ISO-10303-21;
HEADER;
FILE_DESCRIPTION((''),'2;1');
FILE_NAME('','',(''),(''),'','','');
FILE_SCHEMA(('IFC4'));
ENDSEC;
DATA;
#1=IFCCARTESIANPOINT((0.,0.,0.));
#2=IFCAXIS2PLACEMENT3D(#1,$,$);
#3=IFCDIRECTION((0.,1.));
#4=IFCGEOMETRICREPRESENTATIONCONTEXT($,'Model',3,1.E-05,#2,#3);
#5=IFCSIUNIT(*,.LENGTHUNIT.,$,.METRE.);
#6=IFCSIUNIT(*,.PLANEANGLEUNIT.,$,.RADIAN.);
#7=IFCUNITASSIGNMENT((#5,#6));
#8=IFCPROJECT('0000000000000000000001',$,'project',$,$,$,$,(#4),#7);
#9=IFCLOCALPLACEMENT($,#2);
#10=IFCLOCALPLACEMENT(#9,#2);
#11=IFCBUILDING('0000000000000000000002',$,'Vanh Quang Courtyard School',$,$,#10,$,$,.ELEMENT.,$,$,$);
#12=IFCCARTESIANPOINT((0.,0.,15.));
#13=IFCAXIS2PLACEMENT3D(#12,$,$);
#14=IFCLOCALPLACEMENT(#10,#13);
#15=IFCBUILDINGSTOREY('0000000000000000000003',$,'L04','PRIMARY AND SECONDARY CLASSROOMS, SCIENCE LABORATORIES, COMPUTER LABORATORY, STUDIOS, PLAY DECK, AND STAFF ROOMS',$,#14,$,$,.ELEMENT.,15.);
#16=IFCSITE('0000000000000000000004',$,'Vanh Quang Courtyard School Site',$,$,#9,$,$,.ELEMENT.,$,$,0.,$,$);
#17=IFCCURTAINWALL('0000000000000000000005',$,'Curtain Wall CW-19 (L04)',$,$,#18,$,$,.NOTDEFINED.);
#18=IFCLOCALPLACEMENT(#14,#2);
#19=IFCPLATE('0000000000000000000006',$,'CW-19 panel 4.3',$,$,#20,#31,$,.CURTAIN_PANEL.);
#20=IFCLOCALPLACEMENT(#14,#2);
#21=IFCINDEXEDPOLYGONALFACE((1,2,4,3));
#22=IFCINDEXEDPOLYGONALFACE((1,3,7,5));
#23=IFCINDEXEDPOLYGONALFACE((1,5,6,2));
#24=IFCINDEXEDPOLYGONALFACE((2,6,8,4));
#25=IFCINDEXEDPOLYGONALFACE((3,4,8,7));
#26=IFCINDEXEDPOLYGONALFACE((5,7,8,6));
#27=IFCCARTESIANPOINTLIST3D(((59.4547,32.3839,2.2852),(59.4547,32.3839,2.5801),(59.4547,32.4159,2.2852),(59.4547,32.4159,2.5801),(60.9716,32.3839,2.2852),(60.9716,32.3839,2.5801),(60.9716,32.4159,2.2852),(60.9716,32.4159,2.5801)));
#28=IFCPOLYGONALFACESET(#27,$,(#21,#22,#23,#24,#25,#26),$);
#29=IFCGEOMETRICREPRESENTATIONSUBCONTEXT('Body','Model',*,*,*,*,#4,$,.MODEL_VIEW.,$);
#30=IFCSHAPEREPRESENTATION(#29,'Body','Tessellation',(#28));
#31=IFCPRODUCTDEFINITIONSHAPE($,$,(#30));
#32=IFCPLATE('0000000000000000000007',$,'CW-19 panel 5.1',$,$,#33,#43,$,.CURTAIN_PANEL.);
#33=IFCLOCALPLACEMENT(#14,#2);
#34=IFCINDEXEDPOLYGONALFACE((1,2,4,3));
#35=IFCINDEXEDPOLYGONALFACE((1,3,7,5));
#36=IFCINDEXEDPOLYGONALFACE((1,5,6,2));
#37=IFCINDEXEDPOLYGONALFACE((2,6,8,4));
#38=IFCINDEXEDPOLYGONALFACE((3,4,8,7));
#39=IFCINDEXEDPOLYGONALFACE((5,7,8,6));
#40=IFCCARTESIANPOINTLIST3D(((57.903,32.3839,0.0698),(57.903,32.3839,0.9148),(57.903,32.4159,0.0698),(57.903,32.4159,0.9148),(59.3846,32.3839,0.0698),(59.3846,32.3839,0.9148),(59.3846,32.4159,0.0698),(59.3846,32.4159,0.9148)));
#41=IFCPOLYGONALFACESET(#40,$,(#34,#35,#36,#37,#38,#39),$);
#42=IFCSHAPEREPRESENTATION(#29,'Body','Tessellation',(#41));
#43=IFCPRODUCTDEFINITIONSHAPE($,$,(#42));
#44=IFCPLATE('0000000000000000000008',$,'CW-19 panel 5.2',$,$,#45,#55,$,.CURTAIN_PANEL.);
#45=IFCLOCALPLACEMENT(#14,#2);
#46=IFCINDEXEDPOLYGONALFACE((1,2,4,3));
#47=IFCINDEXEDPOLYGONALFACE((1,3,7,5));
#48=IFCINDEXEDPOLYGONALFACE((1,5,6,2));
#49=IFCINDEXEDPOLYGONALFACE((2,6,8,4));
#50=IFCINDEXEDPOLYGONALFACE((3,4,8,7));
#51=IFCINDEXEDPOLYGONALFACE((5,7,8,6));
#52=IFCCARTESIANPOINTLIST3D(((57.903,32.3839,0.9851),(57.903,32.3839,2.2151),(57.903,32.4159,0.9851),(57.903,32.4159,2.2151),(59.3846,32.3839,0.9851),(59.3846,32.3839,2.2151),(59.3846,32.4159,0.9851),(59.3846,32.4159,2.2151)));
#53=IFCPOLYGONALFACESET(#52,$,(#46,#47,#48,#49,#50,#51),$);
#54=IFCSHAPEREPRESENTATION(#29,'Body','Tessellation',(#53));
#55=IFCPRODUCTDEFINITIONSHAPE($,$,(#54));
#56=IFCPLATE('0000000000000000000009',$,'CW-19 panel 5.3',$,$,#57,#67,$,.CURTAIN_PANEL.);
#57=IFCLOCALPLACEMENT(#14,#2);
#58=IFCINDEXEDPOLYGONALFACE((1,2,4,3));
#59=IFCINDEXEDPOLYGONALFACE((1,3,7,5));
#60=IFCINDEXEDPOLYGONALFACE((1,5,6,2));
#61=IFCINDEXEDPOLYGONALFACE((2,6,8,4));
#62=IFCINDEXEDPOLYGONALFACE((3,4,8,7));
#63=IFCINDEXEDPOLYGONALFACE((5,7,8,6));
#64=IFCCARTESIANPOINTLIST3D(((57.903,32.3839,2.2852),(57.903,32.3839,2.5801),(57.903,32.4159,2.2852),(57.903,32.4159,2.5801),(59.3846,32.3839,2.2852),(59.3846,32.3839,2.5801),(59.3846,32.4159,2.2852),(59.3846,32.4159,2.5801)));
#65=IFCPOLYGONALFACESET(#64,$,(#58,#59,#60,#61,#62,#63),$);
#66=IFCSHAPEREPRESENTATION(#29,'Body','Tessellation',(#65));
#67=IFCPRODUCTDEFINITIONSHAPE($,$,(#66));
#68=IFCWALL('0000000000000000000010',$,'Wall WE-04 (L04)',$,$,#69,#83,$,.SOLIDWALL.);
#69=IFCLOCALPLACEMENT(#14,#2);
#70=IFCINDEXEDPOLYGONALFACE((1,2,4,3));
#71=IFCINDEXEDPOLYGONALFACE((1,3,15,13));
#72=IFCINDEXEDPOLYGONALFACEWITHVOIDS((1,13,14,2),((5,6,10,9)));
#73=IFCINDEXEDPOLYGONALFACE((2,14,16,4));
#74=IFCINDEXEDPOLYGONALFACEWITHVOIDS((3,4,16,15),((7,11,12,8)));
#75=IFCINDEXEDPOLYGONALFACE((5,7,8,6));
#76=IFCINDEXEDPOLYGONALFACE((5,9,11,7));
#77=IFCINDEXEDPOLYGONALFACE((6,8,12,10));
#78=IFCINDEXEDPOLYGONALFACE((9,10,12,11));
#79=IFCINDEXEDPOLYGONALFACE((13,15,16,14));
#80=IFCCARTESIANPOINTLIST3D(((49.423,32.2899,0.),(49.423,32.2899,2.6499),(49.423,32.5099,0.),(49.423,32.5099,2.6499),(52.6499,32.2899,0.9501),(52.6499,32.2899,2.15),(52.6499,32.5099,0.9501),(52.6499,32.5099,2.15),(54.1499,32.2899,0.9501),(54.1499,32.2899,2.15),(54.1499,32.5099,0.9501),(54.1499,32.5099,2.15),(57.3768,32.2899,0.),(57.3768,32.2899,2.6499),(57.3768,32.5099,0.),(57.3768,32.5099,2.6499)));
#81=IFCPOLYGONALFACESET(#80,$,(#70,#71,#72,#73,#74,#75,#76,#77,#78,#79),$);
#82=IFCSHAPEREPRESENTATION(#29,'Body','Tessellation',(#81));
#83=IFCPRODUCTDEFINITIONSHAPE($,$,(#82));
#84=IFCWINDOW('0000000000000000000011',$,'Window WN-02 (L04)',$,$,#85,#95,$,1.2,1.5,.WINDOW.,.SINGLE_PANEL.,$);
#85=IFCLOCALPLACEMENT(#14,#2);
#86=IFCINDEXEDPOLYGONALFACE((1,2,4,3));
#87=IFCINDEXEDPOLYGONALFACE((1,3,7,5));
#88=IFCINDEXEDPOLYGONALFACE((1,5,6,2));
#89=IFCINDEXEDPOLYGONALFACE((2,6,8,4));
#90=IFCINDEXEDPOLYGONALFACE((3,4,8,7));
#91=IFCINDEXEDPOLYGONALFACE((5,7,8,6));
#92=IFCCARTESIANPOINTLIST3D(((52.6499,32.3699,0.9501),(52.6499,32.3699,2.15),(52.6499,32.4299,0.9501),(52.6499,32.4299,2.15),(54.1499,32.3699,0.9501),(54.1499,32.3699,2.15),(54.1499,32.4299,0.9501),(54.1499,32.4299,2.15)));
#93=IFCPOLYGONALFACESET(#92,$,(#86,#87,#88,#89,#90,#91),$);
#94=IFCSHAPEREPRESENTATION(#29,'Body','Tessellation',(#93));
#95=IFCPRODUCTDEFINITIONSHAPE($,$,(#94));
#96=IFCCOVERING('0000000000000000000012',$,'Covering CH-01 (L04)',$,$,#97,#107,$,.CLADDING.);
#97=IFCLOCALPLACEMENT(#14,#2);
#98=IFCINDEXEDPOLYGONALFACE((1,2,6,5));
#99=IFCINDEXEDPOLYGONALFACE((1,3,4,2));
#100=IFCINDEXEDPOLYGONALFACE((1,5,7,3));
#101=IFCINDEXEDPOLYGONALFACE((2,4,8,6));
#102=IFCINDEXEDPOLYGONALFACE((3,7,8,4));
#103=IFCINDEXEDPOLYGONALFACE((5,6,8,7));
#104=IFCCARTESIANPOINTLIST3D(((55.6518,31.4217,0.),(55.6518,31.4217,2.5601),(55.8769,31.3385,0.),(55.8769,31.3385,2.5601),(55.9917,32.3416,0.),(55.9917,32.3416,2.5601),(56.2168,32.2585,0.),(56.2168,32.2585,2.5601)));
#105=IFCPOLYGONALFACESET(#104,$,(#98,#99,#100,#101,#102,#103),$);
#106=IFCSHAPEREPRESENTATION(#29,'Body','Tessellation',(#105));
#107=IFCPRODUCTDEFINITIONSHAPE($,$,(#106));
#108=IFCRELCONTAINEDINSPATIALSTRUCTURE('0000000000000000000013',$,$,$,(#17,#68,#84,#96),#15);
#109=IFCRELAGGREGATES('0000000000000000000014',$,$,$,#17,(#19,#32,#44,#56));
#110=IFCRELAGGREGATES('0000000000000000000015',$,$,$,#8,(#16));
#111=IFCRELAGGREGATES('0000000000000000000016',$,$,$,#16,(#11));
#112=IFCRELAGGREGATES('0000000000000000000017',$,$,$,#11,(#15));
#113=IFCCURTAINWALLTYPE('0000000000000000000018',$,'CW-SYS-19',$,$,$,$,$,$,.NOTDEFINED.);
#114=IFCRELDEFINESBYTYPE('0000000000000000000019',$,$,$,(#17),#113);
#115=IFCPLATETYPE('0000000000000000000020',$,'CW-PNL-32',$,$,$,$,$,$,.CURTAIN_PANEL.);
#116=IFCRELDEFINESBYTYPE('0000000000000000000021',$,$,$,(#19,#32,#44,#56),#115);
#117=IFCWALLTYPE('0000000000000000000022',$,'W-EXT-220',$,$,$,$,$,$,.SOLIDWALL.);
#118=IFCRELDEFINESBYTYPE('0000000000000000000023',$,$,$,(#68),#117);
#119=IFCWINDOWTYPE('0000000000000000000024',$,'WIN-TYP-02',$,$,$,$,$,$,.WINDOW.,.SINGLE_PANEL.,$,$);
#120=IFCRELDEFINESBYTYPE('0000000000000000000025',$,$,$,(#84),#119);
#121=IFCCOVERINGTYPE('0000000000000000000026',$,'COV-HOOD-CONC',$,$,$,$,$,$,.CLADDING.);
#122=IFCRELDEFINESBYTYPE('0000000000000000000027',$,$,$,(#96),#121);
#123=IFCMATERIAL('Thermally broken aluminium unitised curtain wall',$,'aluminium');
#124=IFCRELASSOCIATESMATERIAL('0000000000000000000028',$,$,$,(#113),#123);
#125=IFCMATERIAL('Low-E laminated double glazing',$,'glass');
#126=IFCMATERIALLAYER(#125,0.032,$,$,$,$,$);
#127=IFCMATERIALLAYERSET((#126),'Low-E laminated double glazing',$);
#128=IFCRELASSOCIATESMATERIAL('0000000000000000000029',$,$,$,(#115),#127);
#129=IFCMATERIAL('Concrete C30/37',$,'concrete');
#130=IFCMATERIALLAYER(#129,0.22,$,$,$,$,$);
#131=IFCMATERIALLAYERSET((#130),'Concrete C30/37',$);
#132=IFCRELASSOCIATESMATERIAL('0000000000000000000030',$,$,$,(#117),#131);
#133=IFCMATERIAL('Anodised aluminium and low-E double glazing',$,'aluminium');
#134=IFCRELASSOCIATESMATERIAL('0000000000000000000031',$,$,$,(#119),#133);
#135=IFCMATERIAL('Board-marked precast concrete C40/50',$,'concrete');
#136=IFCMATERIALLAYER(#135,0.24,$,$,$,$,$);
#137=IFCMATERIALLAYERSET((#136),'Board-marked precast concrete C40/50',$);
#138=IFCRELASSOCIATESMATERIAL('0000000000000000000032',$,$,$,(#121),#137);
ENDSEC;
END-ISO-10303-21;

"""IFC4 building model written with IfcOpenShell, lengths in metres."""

from ifc_helpers import new_model, si_unit, direction, frame, frame_2d, origin, origin_2d, place, context, subcontext, project, spatial, rectangle, extrude, material, layer, layer_set, type_object, element, fill, aggregate, save


model = new_model("IFC4")

# Units and contexts
model_context = context("Model", 3, precision=1e-05, world=origin(), true_north=direction((0.0, 1.0)))
body_context = subcontext(model_context, "Body", "Model", "MODEL_VIEW")
ifc_project = project(units=[si_unit("LENGTHUNIT", "METRE"), si_unit("PLANEANGLEUNIT", "RADIAN")], contexts=[model_context])

# Site, building, storey
site_placement = place(None, origin())
site = spatial("IfcSite", under=ifc_project, at=site_placement, Name="Vanh Quang Courtyard School Site", CompositionType="ELEMENT", RefElevation=0.0)
building_placement = place(site_placement, origin())
building = spatial("IfcBuilding", under=site, at=building_placement, Name="Vanh Quang Courtyard School", CompositionType="ELEMENT")
storey_placement = place(building_placement, frame((0.0, 0.0, 15.0)))
storey = spatial("IfcBuildingStorey", under=building, at=storey_placement, Name="L04", Description="PRIMARY AND SECONDARY CLASSROOMS, SCIENCE LABORATORIES, COMPUTER LABORATORY, STUDIOS, PLAY DECK, AND STAFF ROOMS", CompositionType="ELEMENT", Elevation=15.0)

# Curtain wall, plates
ifc_material_1 = material(Name="Thermally broken aluminium unitised curtain wall", Category="aluminium")
curtain_wall_type = type_object("IfcCurtainWallType", Name="CW-SYS-19", PredefinedType="NOTDEFINED", material=ifc_material_1)
curtain_wall_placement = place(storey_placement, origin())
curtain_wall = element("IfcCurtainWall", 1, at=curtain_wall_placement, inside=storey, type_object=curtain_wall_type, Name="Curtain Wall CW-19 (L04)", PredefinedType="NOTDEFINED")
ifc_material_2 = material(Name="Low-E laminated double glazing", Category="glass")
ifc_layer_1 = layer(ifc_material_2, 0.032)
ifc_layer_set_1 = layer_set([ifc_layer_1], Name="Low-E laminated double glazing")
plate_type = type_object("IfcPlateType", Name="CW-PNL-32", PredefinedType="CURTAIN_PANEL", material=ifc_layer_set_1)
plate_1_placement = place(storey_placement, frame((60.2131, 32.3999, 2.2852), z_axis=(0.0, 0.0, 1.0), x_axis=(-1.0, 0.0, 0.0)))
plate_1 = element("IfcPlate", 2, at=plate_1_placement, type_object=plate_type, Name="CW-19 panel 4.3", PredefinedType="CURTAIN_PANEL", context=body_context, shape_type="SweptSolid", body=[
    extrude(rectangle(XDim=1.5168, YDim=0.032, at=origin_2d()), origin(), (0.0, 0.0, 1.0), 0.2949),
])
plate_2_placement = place(storey_placement, frame((58.6438, 32.3999, 0.0698), z_axis=(0.0, 0.0, 1.0), x_axis=(-1.0, 0.0, 0.0)))
plate_2 = element("IfcPlate", 3, at=plate_2_placement, type_object=plate_type, Name="CW-19 panel 5.1", PredefinedType="CURTAIN_PANEL", context=body_context, shape_type="SweptSolid", body=[
    extrude(rectangle(XDim=1.4817, YDim=0.032, at=origin_2d()), origin(), (0.0, 0.0, 1.0), 0.845),
])
plate_3_placement = place(storey_placement, frame((58.6438, 32.3999, 0.9851), z_axis=(0.0, 0.0, 1.0), x_axis=(-1.0, 0.0, 0.0)))
plate_3 = element("IfcPlate", 4, at=plate_3_placement, type_object=plate_type, Name="CW-19 panel 5.2", PredefinedType="CURTAIN_PANEL", context=body_context, shape_type="SweptSolid", body=[
    extrude(rectangle(XDim=1.4817, YDim=0.032, at=origin_2d()), origin(), (0.0, 0.0, 1.0), 1.23),
])
plate_4_placement = place(storey_placement, frame((58.6438, 32.3999, 2.2852), z_axis=(0.0, 0.0, 1.0), x_axis=(-1.0, 0.0, 0.0)))
plate_4 = element("IfcPlate", 5, at=plate_4_placement, type_object=plate_type, Name="CW-19 panel 5.3", PredefinedType="CURTAIN_PANEL", context=body_context, shape_type="SweptSolid", body=[
    extrude(rectangle(XDim=1.4817, YDim=0.032, at=origin_2d()), origin(), (0.0, 0.0, 1.0), 0.2949),
])
aggregate(curtain_wall, [plate_1, plate_2, plate_3, plate_4])

# Wall, opening, window
ifc_material_3 = material(Name="Concrete C30/37", Category="concrete")
ifc_layer_2 = layer(ifc_material_3, 0.22)
ifc_layer_set_2 = layer_set([ifc_layer_2], Name="Concrete C30/37")
wall_type = type_object("IfcWallType", Name="W-EXT-220", PredefinedType="SOLIDWALL", material=ifc_layer_set_2)
wall_placement = place(storey_placement, frame((57.377, 32.3999, 0.0), z_axis=(0.0, 0.0, 1.0), x_axis=(-1.0, 0.0, 0.0)))
wall = element("IfcWall", 6, at=wall_placement, inside=storey, type_object=wall_type, Name="Wall WE-04 (L04)", PredefinedType="SOLIDWALL", context=body_context, shape_type="SweptSolid", body=[
    extrude(rectangle(XDim=7.9539, YDim=0.22, at=frame_2d((3.9771, 0.0))), origin(), (0.0, 0.0, 1.0), 2.6499),
])
opening_placement = place(wall_placement, frame((3.2271, 0.0, 0.95)))
opening = element("IfcOpeningElement", 7, at=opening_placement, cuts=wall, PredefinedType="OPENING", context=body_context, shape_type="SweptSolid", body=[
    extrude(rectangle(XDim=1.5, YDim=1.2, at=frame_2d((0.75, 0.6001))), frame((0.0, 0.1201, 0.0), z_axis=(0.0, -1.0, 0.0), x_axis=(1.0, 0.0, 0.0)), (0.0, 0.0, 1.0), 0.24),
])
ifc_material_4 = material(Name="Anodised aluminium and low-E double glazing", Category="aluminium")
window_type = type_object("IfcWindowType", Name="WIN-TYP-02", PartitioningType="SINGLE_PANEL", PredefinedType="WINDOW", material=ifc_material_4)
window_placement = place(opening_placement, origin())
window = element("IfcWindow", 8, at=window_placement, inside=storey, type_object=window_type, Name="Window WN-02 (L04)", OverallHeight=1.2, OverallWidth=1.5, PartitioningType="SINGLE_PANEL", PredefinedType="WINDOW", context=body_context, shape_type="SweptSolid", body=[
    extrude(rectangle(XDim=1.5, YDim=1.2, at=frame_2d((0.75, 0.6001))), frame((0.0, 0.03, 0.0), z_axis=(0.0, -1.0, 0.0), x_axis=(1.0, 0.0, 0.0)), (0.0, 0.0, 1.0), 0.0601),
])
fill(opening, window)

# Covering
ifc_material_5 = material(Name="Board-marked precast concrete C40/50", Category="concrete")
ifc_layer_3 = layer(ifc_material_5, 0.24)
ifc_layer_set_3 = layer_set([ifc_layer_3], Name="Board-marked precast concrete C40/50")
covering_type = type_object("IfcCoveringType", Name="COV-HOOD-CONC", PredefinedType="CLADDING", material=ifc_layer_set_3)
covering_placement = place(storey_placement, frame((55.9343, 31.8401, 0.0), z_axis=(0.0, 0.0, 1.0), x_axis=(-0.346608, -0.93801, 0.0)))
element("IfcCovering", 9, at=covering_placement, inside=storey, type_object=covering_type, Name="Covering CH-01 (L04)", PredefinedType="CLADDING", context=body_context, shape_type="SweptSolid", body=[
    extrude(rectangle(XDim=0.9807, YDim=0.24, at=origin_2d()), origin(), (0.0, 0.0, 1.0), 2.5601),
])

save(model, "model.ifc")
